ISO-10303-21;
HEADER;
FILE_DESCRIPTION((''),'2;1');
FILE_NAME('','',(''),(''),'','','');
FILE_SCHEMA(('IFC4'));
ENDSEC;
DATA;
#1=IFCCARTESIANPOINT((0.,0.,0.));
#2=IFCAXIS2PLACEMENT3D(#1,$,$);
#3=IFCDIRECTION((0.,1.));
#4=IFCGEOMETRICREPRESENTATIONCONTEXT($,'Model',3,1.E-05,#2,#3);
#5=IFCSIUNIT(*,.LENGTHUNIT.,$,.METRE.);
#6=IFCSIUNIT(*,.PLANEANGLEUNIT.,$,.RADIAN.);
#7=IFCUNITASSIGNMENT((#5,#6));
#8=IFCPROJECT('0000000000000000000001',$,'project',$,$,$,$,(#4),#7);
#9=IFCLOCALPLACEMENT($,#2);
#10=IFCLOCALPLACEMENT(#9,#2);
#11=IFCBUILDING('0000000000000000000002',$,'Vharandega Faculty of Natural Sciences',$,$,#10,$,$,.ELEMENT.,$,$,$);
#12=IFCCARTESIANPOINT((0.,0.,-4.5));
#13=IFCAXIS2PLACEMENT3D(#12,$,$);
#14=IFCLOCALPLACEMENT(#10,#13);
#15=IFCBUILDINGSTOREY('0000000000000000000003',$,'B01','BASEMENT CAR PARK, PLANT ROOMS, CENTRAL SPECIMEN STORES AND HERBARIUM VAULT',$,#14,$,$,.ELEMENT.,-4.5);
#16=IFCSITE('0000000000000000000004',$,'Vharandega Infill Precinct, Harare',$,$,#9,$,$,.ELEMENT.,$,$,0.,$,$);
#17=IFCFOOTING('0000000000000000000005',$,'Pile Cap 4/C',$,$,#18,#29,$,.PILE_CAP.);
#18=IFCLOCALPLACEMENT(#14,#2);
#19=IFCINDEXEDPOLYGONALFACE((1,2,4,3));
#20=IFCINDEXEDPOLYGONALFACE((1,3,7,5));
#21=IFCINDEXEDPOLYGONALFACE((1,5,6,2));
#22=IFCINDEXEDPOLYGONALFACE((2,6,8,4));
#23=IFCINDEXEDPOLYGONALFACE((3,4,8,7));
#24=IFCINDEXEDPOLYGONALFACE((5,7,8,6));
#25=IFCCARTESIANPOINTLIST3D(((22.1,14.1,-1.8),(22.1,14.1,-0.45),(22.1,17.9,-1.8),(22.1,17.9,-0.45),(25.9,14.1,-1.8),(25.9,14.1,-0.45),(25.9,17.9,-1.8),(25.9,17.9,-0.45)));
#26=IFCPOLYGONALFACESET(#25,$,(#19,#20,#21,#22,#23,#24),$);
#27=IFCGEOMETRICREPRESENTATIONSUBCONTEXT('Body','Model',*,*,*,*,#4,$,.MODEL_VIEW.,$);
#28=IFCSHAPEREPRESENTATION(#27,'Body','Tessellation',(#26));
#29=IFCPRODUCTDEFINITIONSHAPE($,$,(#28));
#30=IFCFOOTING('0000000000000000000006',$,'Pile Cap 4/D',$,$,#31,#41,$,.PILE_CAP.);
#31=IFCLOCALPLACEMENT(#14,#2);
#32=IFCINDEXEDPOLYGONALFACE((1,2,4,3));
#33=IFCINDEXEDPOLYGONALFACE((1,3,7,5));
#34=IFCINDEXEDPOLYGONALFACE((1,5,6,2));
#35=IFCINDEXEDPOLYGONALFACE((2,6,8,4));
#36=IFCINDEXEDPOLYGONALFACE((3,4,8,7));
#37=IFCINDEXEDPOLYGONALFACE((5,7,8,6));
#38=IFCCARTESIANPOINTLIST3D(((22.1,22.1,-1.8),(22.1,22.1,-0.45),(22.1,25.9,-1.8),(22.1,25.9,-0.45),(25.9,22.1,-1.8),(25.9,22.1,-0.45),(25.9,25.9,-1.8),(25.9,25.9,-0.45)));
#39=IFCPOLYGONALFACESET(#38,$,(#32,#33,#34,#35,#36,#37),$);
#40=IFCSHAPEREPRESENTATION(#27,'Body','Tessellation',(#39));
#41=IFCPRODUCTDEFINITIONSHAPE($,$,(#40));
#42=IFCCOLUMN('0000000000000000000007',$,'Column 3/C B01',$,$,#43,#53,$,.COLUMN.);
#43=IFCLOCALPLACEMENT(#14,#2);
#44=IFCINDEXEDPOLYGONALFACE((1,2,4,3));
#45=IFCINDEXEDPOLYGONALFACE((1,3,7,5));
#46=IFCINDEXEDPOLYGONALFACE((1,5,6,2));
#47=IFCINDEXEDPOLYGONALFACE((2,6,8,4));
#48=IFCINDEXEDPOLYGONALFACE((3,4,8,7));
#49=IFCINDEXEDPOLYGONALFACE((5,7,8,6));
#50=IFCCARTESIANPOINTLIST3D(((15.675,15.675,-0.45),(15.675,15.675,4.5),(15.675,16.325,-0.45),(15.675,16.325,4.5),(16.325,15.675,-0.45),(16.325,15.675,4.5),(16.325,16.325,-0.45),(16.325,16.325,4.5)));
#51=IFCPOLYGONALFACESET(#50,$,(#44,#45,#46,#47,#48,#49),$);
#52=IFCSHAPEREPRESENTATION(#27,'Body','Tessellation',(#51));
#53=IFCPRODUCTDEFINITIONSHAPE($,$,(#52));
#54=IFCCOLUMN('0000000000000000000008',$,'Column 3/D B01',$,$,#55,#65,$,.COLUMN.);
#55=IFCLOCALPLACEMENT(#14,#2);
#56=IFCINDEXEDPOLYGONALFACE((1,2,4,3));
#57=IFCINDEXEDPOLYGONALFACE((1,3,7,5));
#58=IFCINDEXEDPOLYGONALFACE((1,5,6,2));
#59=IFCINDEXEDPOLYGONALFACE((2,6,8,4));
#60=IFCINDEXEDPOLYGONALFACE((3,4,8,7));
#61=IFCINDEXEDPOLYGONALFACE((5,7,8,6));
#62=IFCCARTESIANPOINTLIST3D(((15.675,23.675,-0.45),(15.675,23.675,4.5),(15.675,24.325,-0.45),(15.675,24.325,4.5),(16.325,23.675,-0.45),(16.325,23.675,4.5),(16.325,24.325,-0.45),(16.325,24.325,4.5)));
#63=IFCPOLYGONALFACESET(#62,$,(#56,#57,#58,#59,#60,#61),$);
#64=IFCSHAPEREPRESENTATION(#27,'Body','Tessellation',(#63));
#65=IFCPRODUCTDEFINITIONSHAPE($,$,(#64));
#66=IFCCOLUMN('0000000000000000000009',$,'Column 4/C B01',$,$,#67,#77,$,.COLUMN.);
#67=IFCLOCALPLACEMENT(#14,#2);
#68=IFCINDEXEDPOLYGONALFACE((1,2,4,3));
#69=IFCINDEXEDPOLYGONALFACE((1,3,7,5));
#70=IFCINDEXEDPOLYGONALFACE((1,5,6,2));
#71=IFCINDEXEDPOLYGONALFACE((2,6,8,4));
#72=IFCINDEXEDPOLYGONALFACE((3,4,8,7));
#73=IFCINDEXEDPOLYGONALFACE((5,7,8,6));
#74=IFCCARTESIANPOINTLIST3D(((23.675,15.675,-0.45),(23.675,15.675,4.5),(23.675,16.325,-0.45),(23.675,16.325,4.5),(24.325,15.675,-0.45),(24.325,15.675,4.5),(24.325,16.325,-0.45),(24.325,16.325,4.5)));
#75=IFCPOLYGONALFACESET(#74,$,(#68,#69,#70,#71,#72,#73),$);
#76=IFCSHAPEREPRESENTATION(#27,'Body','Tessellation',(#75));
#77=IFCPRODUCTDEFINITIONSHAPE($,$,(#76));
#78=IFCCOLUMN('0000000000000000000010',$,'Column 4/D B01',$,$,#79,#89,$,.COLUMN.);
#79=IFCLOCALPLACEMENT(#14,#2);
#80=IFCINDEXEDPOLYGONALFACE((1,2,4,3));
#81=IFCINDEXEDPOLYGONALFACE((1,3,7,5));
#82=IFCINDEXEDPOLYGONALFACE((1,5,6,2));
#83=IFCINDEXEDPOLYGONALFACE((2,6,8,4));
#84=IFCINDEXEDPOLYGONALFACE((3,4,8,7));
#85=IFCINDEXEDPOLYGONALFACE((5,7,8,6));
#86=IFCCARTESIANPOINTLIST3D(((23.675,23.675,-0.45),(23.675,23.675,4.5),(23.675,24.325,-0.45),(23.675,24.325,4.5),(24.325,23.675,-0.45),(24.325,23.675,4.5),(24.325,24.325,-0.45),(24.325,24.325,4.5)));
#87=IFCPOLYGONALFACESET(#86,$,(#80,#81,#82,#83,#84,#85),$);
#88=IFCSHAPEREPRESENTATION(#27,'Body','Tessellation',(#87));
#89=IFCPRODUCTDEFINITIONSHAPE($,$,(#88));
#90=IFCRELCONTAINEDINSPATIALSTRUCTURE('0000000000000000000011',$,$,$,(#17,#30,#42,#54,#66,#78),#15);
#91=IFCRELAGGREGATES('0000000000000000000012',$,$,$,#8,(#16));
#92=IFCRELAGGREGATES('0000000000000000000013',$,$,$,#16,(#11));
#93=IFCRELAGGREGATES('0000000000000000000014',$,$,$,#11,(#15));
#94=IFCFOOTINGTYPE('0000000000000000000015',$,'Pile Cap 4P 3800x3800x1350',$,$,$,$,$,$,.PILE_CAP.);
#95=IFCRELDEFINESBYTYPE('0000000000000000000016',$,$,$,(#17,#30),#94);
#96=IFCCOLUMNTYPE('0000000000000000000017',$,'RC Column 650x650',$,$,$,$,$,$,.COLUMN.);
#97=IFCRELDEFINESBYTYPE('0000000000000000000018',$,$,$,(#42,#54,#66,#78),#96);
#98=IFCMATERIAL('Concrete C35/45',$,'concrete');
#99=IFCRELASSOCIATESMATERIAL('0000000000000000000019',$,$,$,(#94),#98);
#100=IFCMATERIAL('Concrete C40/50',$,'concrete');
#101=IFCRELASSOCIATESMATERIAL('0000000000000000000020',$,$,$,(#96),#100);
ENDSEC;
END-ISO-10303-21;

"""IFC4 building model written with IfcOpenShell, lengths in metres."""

from ifc_helpers import new_model, si_unit, direction, frame, origin, origin_2d, place, context, subcontext, project, spatial, rectangle, extrude, material, material_profile, profile_set, type_object, element, save


model = new_model("IFC4")

# Units and contexts
model_context = context("Model", 3, precision=1e-05, world=origin(), true_north=direction((0.0, 1.0)))
body_context = subcontext(model_context, "Body", "Model", "MODEL_VIEW")
ifc_project = project(units=[si_unit("LENGTHUNIT", "METRE"), si_unit("PLANEANGLEUNIT", "RADIAN")], contexts=[model_context])

# Site, building, storey
site_placement = place(None, origin())
site = spatial("IfcSite", under=ifc_project, at=site_placement, Name="Vharandega Infill Precinct, Harare", CompositionType="ELEMENT", RefElevation=0.0)
building_placement = place(site_placement, origin())
building = spatial("IfcBuilding", under=site, at=building_placement, Name="Vharandega Faculty of Natural Sciences", CompositionType="ELEMENT")
storey_placement = place(building_placement, frame((0.0, 0.0, -4.5)))
storey = spatial("IfcBuildingStorey", under=building, at=storey_placement, Name="B01", Description="BASEMENT CAR PARK, PLANT ROOMS, CENTRAL SPECIMEN STORES AND HERBARIUM VAULT", CompositionType="ELEMENT", Elevation=-4.5)

# Footings
ifc_material_1 = material(Name="Concrete C35/45", Category="concrete")
footing_type_1 = type_object("IfcFootingType", Name="Pile Cap 4P 3800x3800x1350", PredefinedType="PILE_CAP", material=ifc_material_1)
for number, where, z_axis, x_axis, name in (
    (1, (24.0, 16.0, -1.8), (0.0, 0.0, 1.0), (1.0, 0.0, 0.0), "Pile Cap 4/C"),
    (2, (24.0, 24.0, -1.8), (0.0, 0.0, 1.0), (1.0, 0.0, 0.0), "Pile Cap 4/D"),
):
    element("IfcFooting", number, at=place(storey_placement, frame(where, z_axis=z_axis, x_axis=x_axis)), inside=storey, type_object=footing_type_1, Name=name, PredefinedType="PILE_CAP", context=body_context, shape_type="SweptSolid", body=[
        extrude(rectangle(XDim=3.8, YDim=3.8, at=origin_2d()), origin(), (0.0, 0.0, 1.0), 1.3501),
    ])

# Columns
ifc_material_2 = material(Name="Concrete C40/50", Category="concrete")
ifc_material_profile_1 = material_profile(ifc_material_2, rectangle(XDim=0.6499, YDim=0.6499, at=origin_2d()), Name="RC 650x650")
ifc_profile_set_1 = profile_set([ifc_material_profile_1], Name="Concrete C40/50")
column_type = type_object("IfcColumnType", Name="RC Column 650x650", PredefinedType="COLUMN", material=ifc_profile_set_1)
for number, where, z_axis, x_axis, name in (
    (3, (16.0, 16.0, -0.45), (0.0, 0.0, 1.0), (1.0, 0.0, 0.0), "Column 3/C B01"),
    (4, (16.0, 24.0, -0.45), (0.0, 0.0, 1.0), (1.0, 0.0, 0.0), "Column 3/D B01"),
    (5, (24.0, 16.0, -0.45), (0.0, 0.0, 1.0), (1.0, 0.0, 0.0), "Column 4/C B01"),
    (6, (24.0, 24.0, -0.45), (0.0, 0.0, 1.0), (1.0, 0.0, 0.0), "Column 4/D B01"),
):
    element("IfcColumn", number, at=place(storey_placement, frame(where, z_axis=z_axis, x_axis=x_axis)), inside=storey, type_object=column_type, Name=name, PredefinedType="COLUMN", context=body_context, shape_type="SweptSolid", body=[
        extrude(rectangle(XDim=0.6499, YDim=0.6499, at=origin_2d()), origin(), (0.0, 0.0, 1.0), 4.95),
    ])

save(model, "model.ifc")
